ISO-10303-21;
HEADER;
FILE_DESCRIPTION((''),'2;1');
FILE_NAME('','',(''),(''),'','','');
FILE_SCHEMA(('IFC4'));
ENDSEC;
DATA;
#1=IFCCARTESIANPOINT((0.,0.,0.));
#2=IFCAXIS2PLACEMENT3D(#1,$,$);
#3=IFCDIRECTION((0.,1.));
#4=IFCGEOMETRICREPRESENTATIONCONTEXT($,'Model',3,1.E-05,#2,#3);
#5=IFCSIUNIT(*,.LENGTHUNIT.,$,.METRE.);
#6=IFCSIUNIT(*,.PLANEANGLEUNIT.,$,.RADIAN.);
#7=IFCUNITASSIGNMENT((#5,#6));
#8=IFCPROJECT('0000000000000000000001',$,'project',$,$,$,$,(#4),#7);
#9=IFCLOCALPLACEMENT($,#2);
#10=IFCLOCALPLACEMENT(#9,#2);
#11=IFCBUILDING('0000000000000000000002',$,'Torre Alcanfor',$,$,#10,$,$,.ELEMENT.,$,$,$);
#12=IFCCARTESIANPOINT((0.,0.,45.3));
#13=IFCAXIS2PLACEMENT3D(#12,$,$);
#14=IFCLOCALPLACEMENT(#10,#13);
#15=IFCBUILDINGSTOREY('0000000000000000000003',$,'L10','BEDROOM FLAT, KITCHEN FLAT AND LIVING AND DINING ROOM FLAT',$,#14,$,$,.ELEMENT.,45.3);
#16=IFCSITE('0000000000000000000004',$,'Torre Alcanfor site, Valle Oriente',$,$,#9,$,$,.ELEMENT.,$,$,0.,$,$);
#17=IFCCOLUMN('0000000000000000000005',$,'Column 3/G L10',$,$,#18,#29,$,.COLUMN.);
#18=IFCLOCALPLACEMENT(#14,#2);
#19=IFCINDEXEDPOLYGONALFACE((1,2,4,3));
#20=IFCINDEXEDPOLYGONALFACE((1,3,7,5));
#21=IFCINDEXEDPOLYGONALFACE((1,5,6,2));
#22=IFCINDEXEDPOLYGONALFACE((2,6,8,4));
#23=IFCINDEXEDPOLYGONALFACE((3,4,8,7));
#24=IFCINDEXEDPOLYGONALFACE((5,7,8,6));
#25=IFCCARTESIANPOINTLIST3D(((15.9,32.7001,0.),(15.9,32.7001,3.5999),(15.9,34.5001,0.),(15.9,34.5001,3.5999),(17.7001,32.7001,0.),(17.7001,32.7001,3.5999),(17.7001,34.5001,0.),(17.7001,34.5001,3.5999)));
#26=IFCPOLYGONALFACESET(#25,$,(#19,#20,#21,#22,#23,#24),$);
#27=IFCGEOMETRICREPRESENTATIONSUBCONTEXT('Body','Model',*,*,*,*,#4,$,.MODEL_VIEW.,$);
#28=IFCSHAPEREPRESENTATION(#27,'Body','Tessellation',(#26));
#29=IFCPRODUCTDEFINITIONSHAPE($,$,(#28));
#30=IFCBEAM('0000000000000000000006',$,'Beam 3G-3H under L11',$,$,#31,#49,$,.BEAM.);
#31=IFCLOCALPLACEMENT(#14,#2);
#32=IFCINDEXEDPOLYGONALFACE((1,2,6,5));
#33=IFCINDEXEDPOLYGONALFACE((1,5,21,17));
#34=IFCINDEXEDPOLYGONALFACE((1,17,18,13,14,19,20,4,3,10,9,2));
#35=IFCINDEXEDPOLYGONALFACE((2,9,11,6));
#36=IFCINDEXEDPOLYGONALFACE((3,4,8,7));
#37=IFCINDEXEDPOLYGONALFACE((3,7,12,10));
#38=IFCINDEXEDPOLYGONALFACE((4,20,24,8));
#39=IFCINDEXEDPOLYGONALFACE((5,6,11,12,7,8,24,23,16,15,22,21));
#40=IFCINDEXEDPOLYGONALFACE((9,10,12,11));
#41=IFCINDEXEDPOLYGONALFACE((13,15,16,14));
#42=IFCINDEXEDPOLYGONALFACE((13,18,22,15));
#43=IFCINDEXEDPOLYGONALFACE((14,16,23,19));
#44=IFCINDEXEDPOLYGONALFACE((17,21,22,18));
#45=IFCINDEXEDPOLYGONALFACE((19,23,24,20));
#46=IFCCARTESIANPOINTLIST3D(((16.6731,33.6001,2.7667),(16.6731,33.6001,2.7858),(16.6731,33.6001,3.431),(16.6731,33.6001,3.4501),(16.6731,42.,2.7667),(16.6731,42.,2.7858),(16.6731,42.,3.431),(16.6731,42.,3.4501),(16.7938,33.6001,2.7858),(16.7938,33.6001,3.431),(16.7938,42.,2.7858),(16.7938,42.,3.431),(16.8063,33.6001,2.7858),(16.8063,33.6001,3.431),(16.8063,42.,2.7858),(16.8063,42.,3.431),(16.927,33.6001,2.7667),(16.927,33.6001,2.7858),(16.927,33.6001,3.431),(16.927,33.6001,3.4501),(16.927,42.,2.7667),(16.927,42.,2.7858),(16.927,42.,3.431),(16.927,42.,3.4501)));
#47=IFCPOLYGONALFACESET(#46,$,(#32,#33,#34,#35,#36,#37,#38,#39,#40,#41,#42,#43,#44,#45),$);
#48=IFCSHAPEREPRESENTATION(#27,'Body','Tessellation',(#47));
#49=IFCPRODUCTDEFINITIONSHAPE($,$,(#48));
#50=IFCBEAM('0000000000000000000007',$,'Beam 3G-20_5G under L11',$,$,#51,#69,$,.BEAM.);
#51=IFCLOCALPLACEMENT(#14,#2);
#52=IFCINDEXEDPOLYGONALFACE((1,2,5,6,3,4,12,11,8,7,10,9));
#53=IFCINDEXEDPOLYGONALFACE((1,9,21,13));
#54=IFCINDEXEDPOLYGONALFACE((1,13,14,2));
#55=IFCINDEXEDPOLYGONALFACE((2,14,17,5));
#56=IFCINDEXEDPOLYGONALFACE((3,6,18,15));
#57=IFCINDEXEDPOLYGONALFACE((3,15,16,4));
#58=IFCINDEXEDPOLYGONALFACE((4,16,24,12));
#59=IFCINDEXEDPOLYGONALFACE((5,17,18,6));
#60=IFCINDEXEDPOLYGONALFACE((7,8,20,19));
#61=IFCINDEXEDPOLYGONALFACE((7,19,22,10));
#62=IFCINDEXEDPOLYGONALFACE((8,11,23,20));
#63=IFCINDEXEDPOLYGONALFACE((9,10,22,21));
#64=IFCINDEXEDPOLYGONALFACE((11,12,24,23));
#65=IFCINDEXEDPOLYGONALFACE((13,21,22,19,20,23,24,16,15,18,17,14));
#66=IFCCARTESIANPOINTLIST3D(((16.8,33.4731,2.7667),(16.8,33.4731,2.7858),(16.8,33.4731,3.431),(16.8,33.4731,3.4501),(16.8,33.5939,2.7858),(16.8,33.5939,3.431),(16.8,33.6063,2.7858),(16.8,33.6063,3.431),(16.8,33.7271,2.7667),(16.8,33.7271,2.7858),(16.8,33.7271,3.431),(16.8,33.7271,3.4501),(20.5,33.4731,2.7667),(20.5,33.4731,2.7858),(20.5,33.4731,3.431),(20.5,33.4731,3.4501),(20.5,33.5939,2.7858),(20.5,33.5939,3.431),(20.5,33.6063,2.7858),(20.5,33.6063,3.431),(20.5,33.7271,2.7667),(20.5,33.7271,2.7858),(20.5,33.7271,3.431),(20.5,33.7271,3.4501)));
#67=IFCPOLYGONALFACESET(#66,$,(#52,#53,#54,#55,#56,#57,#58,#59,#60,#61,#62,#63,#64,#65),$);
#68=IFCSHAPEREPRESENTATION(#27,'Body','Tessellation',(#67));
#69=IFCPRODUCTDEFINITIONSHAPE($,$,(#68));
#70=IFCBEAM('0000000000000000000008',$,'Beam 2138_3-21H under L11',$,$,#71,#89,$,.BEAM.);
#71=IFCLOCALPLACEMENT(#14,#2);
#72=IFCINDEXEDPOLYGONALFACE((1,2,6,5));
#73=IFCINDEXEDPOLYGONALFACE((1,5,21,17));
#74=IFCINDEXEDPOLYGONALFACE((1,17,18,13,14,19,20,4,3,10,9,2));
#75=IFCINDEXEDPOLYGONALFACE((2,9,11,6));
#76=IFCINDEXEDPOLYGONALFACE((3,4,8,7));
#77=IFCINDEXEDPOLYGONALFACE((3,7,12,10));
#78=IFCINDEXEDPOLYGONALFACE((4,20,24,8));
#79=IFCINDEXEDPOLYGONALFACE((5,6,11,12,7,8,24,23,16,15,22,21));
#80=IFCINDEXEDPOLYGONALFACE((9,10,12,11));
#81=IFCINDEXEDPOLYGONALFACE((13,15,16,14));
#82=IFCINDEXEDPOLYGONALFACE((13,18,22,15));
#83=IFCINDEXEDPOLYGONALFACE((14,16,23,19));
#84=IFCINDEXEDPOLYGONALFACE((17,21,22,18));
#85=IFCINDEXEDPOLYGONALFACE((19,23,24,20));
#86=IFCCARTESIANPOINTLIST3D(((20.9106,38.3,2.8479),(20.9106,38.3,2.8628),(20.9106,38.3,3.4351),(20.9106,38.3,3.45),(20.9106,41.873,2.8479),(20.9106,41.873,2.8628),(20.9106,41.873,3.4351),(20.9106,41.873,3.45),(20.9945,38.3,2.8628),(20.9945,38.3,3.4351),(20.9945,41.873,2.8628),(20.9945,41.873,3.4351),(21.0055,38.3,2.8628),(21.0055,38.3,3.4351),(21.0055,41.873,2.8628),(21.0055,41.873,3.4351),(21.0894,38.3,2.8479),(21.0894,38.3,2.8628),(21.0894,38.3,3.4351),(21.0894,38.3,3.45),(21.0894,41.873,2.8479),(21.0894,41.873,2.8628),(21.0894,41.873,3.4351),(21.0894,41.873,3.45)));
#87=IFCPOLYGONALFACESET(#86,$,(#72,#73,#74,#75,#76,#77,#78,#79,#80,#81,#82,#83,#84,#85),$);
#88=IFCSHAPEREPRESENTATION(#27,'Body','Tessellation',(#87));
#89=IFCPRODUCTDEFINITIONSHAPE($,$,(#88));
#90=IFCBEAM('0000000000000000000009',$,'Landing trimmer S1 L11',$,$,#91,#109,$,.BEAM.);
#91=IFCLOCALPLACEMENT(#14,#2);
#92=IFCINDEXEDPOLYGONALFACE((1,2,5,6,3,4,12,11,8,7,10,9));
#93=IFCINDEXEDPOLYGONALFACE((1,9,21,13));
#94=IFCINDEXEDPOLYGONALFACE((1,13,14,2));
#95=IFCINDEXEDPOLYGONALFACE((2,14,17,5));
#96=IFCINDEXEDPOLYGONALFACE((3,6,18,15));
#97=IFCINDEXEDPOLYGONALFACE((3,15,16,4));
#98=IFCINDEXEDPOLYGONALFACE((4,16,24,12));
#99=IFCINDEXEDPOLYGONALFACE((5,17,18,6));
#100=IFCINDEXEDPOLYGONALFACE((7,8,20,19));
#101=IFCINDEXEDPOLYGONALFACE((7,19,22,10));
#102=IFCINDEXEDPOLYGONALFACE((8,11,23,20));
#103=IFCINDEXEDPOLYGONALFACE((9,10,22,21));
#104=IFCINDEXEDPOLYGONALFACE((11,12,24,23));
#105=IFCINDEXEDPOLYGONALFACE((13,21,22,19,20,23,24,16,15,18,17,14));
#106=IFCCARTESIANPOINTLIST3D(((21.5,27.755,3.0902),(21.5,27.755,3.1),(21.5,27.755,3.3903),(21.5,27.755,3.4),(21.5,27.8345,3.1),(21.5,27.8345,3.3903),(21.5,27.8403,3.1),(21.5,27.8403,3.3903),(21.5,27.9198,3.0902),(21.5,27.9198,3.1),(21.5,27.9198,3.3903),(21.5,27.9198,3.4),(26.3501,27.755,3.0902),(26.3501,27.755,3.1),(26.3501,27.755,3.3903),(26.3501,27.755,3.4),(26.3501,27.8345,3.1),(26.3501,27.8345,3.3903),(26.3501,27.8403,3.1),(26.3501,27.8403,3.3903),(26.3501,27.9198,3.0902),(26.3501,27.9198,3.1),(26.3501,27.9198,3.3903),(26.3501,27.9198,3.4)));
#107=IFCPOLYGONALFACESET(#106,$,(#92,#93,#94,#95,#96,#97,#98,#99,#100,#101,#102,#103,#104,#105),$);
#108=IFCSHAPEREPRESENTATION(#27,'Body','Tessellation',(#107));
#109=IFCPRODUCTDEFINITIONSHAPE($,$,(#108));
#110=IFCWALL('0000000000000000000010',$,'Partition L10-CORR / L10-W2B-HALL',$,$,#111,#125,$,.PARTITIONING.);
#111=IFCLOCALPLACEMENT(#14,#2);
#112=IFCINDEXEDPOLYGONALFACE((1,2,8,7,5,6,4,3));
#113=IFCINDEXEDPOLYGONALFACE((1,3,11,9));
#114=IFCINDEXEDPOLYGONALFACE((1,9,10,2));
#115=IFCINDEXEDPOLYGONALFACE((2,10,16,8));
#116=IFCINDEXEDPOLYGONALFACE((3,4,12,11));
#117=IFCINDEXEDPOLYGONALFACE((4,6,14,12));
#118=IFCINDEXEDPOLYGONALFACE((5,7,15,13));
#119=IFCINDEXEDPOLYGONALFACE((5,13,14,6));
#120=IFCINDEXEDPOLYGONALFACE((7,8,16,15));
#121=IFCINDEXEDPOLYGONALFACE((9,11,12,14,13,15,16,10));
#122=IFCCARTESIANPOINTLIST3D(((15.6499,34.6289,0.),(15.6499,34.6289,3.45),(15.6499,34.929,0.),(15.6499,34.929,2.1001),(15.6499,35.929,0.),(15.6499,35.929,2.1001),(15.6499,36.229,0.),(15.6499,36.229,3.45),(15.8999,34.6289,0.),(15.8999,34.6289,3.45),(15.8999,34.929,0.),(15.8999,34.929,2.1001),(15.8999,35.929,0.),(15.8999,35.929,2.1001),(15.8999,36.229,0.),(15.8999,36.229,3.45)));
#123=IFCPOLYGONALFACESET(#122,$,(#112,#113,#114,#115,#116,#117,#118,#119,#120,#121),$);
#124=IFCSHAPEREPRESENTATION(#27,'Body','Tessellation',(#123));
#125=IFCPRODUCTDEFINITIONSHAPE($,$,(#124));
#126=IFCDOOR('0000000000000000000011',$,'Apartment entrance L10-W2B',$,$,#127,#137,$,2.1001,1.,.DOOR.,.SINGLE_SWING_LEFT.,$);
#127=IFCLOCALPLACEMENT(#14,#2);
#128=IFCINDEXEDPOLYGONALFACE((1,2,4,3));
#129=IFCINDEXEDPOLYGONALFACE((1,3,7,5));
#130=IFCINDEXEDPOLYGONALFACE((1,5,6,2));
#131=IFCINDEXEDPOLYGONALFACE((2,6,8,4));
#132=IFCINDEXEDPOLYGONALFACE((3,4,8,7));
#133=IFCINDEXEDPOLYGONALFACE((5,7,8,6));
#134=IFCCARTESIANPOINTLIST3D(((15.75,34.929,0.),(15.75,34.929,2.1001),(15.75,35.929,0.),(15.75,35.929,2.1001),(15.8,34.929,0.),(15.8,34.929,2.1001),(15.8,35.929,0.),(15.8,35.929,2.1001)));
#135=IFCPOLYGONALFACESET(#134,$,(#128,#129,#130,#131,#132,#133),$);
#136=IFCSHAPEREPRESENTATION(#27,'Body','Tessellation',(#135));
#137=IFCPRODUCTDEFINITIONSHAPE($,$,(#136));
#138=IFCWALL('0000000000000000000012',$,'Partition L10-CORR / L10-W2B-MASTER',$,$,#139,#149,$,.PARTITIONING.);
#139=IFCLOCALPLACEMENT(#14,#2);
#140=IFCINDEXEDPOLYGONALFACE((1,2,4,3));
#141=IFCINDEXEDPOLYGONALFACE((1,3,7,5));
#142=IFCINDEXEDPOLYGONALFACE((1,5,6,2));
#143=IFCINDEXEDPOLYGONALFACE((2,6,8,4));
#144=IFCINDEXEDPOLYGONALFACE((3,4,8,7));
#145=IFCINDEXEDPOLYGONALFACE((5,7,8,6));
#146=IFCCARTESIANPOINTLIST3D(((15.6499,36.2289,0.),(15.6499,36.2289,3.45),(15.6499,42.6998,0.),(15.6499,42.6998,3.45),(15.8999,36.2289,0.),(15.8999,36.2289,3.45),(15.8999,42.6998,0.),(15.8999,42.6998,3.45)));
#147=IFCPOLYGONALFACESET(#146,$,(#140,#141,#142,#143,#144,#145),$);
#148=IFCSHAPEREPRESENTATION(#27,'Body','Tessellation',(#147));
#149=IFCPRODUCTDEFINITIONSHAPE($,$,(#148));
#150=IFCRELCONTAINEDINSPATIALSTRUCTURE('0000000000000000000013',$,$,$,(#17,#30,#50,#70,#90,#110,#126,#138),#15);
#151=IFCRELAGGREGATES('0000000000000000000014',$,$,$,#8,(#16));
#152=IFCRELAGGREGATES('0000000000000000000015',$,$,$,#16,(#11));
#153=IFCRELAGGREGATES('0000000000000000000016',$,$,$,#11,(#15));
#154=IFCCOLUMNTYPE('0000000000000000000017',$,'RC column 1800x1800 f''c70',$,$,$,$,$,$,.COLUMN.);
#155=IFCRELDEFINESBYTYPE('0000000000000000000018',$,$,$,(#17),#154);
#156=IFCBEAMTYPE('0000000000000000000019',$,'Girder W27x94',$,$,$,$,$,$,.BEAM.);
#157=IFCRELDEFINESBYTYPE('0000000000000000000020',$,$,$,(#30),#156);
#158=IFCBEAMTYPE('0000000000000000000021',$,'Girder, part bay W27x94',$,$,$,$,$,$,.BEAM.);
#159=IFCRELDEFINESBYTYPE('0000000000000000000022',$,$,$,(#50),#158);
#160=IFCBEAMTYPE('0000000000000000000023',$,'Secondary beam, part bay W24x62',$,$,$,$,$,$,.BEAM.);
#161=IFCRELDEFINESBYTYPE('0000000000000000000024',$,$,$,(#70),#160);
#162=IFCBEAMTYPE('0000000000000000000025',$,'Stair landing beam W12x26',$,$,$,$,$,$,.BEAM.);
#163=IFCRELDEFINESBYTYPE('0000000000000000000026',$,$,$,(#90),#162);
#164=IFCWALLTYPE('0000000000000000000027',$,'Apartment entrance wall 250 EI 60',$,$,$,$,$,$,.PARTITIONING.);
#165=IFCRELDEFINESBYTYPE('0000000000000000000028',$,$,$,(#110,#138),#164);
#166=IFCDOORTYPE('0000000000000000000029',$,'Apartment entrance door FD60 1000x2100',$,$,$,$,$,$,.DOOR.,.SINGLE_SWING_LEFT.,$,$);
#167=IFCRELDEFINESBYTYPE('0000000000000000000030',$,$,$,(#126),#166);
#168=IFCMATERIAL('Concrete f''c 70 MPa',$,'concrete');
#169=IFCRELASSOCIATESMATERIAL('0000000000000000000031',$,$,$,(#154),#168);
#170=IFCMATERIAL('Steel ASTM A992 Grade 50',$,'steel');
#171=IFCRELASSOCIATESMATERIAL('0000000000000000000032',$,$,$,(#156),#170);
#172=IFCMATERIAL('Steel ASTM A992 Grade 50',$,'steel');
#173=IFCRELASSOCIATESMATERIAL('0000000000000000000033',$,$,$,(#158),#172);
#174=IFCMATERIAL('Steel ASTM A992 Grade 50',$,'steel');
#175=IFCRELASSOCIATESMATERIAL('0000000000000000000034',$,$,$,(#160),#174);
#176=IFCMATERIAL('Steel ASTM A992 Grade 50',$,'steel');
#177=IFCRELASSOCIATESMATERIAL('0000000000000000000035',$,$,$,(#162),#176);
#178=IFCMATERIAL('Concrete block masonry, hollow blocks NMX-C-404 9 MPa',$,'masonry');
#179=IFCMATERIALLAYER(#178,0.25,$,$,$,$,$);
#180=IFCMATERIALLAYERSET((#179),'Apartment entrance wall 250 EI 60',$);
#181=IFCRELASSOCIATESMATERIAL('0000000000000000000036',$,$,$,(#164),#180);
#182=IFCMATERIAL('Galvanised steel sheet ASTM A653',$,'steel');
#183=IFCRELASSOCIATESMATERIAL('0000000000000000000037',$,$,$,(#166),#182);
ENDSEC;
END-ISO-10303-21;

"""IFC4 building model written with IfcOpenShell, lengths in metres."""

from ifc_helpers import new_model, si_unit, direction, frame, frame_2d, origin, origin_2d, place, context, subcontext, project, spatial, rectangle, i_section, extrude, material, layer, layer_set, material_profile, profile_set, type_object, element, fill, save


model = new_model("IFC4")

# Units and contexts
model_context = context("Model", 3, precision=1e-05, world=origin(), true_north=direction((0.0, 1.0)))
body_context = subcontext(model_context, "Body", "Model", "MODEL_VIEW")
ifc_project = project(units=[si_unit("LENGTHUNIT", "METRE"), si_unit("PLANEANGLEUNIT", "RADIAN")], contexts=[model_context])

# Site, building, storey
site_placement = place(None, origin())
site = spatial("IfcSite", under=ifc_project, at=site_placement, Name="Torre Alcanfor site, Valle Oriente", CompositionType="ELEMENT", RefElevation=0.0)
building_placement = place(site_placement, origin())
building = spatial("IfcBuilding", under=site, at=building_placement, Name="Torre Alcanfor", CompositionType="ELEMENT")
storey_placement = place(building_placement, frame((0.0, 0.0, 45.3)))
storey = spatial("IfcBuildingStorey", under=building, at=storey_placement, Name="L10", Description="BEDROOM FLAT, KITCHEN FLAT AND LIVING AND DINING ROOM FLAT", CompositionType="ELEMENT", Elevation=45.3)

# Column
ifc_material_1 = material(Name="Concrete f'c 70 MPa", Category="concrete")
ifc_material_profile_1 = material_profile(ifc_material_1, rectangle(XDim=1.8, YDim=1.8, at=origin_2d()), Name="1800x1800")
ifc_profile_set_1 = profile_set([ifc_material_profile_1], Name="Concrete f'c 70 MPa")
column_type = type_object("IfcColumnType", Name="RC column 1800x1800 f'c70", PredefinedType="COLUMN", material=ifc_profile_set_1)
column_placement = place(storey_placement, frame((16.8, 33.6001, 0.0), z_axis=(0.0, 0.0, 1.0), x_axis=(1.0, 0.0, 0.0)))
element("IfcColumn", 1, at=column_placement, inside=storey, type_object=column_type, Name="Column 3/G L10", PredefinedType="COLUMN", context=body_context, shape_type="SweptSolid", body=[
    extrude(rectangle(XDim=1.8, YDim=1.8, at=origin_2d()), origin(), (0.0, 0.0, 1.0), 3.5999),
])

# Beams
ifc_material_2 = material(Name="Steel ASTM A992 Grade 50", Category="steel")
ifc_material_profile_2 = material_profile(ifc_material_2, i_section(OverallWidth=0.2539, OverallDepth=0.6833, WebThickness=0.0125, FlangeThickness=0.019, at=origin_2d()), Name="W27x94")
ifc_profile_set_2 = profile_set([ifc_material_profile_2], Name="Steel ASTM A992 Grade 50")
beam_type_1 = type_object("IfcBeamType", Name="Girder W27x94", PredefinedType="BEAM", material=ifc_profile_set_2)
beam_1_placement = place(storey_placement, frame((16.8, 33.6001, 3.1084), z_axis=(0.0, 1.0, 0.0), x_axis=(-1.0, 0.0, 0.0)))
element("IfcBeam", 2, at=beam_1_placement, inside=storey, type_object=beam_type_1, Name="Beam 3G-3H under L11", PredefinedType="BEAM", context=body_context, shape_type="SweptSolid", body=[
    extrude(i_section(OverallWidth=0.2539, OverallDepth=0.6833, WebThickness=0.0125, FlangeThickness=0.019, at=origin_2d()), origin(), (0.0, 0.0, 1.0), 8.3999),
])
ifc_material_3 = material(Name="Steel ASTM A992 Grade 50", Category="steel")
ifc_material_profile_3 = material_profile(ifc_material_3, i_section(OverallWidth=0.2539, OverallDepth=0.6833, WebThickness=0.0125, FlangeThickness=0.019, at=origin_2d()), Name="W27x94")
ifc_profile_set_3 = profile_set([ifc_material_profile_3], Name="Steel ASTM A992 Grade 50")
beam_type_2 = type_object("IfcBeamType", Name="Girder, part bay W27x94", PredefinedType="BEAM", material=ifc_profile_set_3)
beam_2_placement = place(storey_placement, frame((16.8, 33.6001, 3.1084), z_axis=(1.0, 0.0, 0.0), x_axis=(0.0, 1.0, 0.0)))
element("IfcBeam", 3, at=beam_2_placement, inside=storey, type_object=beam_type_2, Name="Beam 3G-20_5G under L11", PredefinedType="BEAM", context=body_context, shape_type="SweptSolid", body=[
    extrude(i_section(OverallWidth=0.2539, OverallDepth=0.6833, WebThickness=0.0125, FlangeThickness=0.019, at=origin_2d()), origin(), (0.0, 0.0, 1.0), 3.7),
])
ifc_material_4 = material(Name="Steel ASTM A992 Grade 50", Category="steel")
ifc_material_profile_4 = material_profile(ifc_material_4, i_section(OverallWidth=0.1787, OverallDepth=0.6021, WebThickness=0.011, FlangeThickness=0.0149, at=origin_2d()), Name="W24x62")
ifc_profile_set_4 = profile_set([ifc_material_profile_4], Name="Steel ASTM A992 Grade 50")
beam_type_3 = type_object("IfcBeamType", Name="Secondary beam, part bay W24x62", PredefinedType="BEAM", material=ifc_profile_set_4)
beam_3_placement = place(storey_placement, frame((21.0, 38.3, 3.1489), z_axis=(0.0, 1.0, 0.0), x_axis=(-1.0, 0.0, 0.0)))
element("IfcBeam", 4, at=beam_3_placement, inside=storey, type_object=beam_type_3, Name="Beam 2138_3-21H under L11", PredefinedType="BEAM", context=body_context, shape_type="SweptSolid", body=[
    extrude(i_section(OverallWidth=0.1787, OverallDepth=0.6021, WebThickness=0.011, FlangeThickness=0.0149, at=origin_2d()), origin(), (0.0, 0.0, 1.0), 3.573),
])
ifc_material_5 = material(Name="Steel ASTM A992 Grade 50", Category="steel")
ifc_material_profile_5 = material_profile(ifc_material_5, i_section(OverallWidth=0.1648, OverallDepth=0.3098, WebThickness=0.0059, FlangeThickness=0.0098, at=origin_2d()), Name="W12x26")
ifc_profile_set_5 = profile_set([ifc_material_profile_5], Name="Steel ASTM A992 Grade 50")
beam_type_4 = type_object("IfcBeamType", Name="Stair landing beam W12x26", PredefinedType="BEAM", material=ifc_profile_set_5)
beam_4_placement = place(storey_placement, frame((21.5, 27.8374, 3.2451), z_axis=(1.0, 0.0, 0.0), x_axis=(0.0, 1.0, 0.0)))
element("IfcBeam", 5, at=beam_4_placement, inside=storey, type_object=beam_type_4, Name="Landing trimmer S1 L11", PredefinedType="BEAM", context=body_context, shape_type="SweptSolid", body=[
    extrude(i_section(OverallWidth=0.1648, OverallDepth=0.3098, WebThickness=0.0059, FlangeThickness=0.0098, at=origin_2d()), origin(), (0.0, 0.0, 1.0), 4.8501),
])

# Wall, opening, door
ifc_material_6 = material(Name="Concrete block masonry, hollow blocks NMX-C-404 9 MPa", Category="masonry")
ifc_layer_1 = layer(ifc_material_6, 0.25)
ifc_layer_set_1 = layer_set([ifc_layer_1], Name="Apartment entrance wall 250 EI 60")
wall_type_1 = type_object("IfcWallType", Name="Apartment entrance wall 250 EI 60", PredefinedType="PARTITIONING", material=ifc_layer_set_1)
wall_1_placement = place(storey_placement, frame((15.7749, 34.6289, 0.0), z_axis=(0.0, 0.0, 1.0), x_axis=(0.0, 1.0, 0.0)))
wall_1 = element("IfcWall", 6, at=wall_1_placement, inside=storey, type_object=wall_type_1, Name="Partition L10-CORR / L10-W2B-HALL", PredefinedType="PARTITIONING", context=body_context, shape_type="SweptSolid", body=[
    extrude(rectangle(XDim=1.6001, YDim=0.25, at=frame_2d((0.8, 0.0))), origin(), (0.0, 0.0, 1.0), 3.45),
])
opening_1_placement = place(wall_1_placement, frame((0.3, 0.0, 0.0)))
opening_1 = element("IfcOpeningElement", 7, at=opening_1_placement, cuts=wall_1, PredefinedType="OPENING", context=body_context, shape_type="SweptSolid", body=[
    extrude(rectangle(XDim=1.0, YDim=2.1001, at=frame_2d((0.5, 1.05))), frame((0.0, 0.135, 0.0), z_axis=(0.0, -1.0, 0.0), x_axis=(1.0, 0.0, 0.0)), (0.0, 0.0, 1.0), 0.27),
])
ifc_material_7 = material(Name="Galvanised steel sheet ASTM A653", Category="steel")
door_type_1 = type_object("IfcDoorType", Name="Apartment entrance door FD60 1000x2100", OperationType="SINGLE_SWING_LEFT", PredefinedType="DOOR", material=ifc_material_7)
door_1_placement = place(opening_1_placement, origin())
door_1 = element("IfcDoor", 8, at=door_1_placement, inside=storey, type_object=door_type_1, Name="Apartment entrance L10-W2B", OperationType="SINGLE_SWING_LEFT", OverallHeight=2.1001, OverallWidth=1.0, PredefinedType="DOOR", context=body_context, shape_type="SweptSolid", body=[
    extrude(rectangle(XDim=1.0, YDim=2.1001, at=frame_2d((0.5, 1.05))), frame((0.0, 0.0249, 0.0), z_axis=(0.0, -1.0, 0.0), x_axis=(1.0, 0.0, 0.0)), (0.0, 0.0, 1.0), 0.05),
])
fill(opening_1, door_1)

# Wall
wall_2_placement = place(storey_placement, frame((15.7749, 36.229, 0.0), z_axis=(0.0, 0.0, 1.0), x_axis=(0.0, 1.0, 0.0)))
element("IfcWall", 9, at=wall_2_placement, inside=storey, type_object=wall_type_1, Name="Partition L10-CORR / L10-W2B-MASTER", PredefinedType="PARTITIONING", context=body_context, shape_type="SweptSolid", body=[
    extrude(rectangle(XDim=6.4709, YDim=0.25, at=frame_2d((3.2354, 0.0))), origin(), (0.0, 0.0, 1.0), 3.45),
])

save(model, "model.ifc")
